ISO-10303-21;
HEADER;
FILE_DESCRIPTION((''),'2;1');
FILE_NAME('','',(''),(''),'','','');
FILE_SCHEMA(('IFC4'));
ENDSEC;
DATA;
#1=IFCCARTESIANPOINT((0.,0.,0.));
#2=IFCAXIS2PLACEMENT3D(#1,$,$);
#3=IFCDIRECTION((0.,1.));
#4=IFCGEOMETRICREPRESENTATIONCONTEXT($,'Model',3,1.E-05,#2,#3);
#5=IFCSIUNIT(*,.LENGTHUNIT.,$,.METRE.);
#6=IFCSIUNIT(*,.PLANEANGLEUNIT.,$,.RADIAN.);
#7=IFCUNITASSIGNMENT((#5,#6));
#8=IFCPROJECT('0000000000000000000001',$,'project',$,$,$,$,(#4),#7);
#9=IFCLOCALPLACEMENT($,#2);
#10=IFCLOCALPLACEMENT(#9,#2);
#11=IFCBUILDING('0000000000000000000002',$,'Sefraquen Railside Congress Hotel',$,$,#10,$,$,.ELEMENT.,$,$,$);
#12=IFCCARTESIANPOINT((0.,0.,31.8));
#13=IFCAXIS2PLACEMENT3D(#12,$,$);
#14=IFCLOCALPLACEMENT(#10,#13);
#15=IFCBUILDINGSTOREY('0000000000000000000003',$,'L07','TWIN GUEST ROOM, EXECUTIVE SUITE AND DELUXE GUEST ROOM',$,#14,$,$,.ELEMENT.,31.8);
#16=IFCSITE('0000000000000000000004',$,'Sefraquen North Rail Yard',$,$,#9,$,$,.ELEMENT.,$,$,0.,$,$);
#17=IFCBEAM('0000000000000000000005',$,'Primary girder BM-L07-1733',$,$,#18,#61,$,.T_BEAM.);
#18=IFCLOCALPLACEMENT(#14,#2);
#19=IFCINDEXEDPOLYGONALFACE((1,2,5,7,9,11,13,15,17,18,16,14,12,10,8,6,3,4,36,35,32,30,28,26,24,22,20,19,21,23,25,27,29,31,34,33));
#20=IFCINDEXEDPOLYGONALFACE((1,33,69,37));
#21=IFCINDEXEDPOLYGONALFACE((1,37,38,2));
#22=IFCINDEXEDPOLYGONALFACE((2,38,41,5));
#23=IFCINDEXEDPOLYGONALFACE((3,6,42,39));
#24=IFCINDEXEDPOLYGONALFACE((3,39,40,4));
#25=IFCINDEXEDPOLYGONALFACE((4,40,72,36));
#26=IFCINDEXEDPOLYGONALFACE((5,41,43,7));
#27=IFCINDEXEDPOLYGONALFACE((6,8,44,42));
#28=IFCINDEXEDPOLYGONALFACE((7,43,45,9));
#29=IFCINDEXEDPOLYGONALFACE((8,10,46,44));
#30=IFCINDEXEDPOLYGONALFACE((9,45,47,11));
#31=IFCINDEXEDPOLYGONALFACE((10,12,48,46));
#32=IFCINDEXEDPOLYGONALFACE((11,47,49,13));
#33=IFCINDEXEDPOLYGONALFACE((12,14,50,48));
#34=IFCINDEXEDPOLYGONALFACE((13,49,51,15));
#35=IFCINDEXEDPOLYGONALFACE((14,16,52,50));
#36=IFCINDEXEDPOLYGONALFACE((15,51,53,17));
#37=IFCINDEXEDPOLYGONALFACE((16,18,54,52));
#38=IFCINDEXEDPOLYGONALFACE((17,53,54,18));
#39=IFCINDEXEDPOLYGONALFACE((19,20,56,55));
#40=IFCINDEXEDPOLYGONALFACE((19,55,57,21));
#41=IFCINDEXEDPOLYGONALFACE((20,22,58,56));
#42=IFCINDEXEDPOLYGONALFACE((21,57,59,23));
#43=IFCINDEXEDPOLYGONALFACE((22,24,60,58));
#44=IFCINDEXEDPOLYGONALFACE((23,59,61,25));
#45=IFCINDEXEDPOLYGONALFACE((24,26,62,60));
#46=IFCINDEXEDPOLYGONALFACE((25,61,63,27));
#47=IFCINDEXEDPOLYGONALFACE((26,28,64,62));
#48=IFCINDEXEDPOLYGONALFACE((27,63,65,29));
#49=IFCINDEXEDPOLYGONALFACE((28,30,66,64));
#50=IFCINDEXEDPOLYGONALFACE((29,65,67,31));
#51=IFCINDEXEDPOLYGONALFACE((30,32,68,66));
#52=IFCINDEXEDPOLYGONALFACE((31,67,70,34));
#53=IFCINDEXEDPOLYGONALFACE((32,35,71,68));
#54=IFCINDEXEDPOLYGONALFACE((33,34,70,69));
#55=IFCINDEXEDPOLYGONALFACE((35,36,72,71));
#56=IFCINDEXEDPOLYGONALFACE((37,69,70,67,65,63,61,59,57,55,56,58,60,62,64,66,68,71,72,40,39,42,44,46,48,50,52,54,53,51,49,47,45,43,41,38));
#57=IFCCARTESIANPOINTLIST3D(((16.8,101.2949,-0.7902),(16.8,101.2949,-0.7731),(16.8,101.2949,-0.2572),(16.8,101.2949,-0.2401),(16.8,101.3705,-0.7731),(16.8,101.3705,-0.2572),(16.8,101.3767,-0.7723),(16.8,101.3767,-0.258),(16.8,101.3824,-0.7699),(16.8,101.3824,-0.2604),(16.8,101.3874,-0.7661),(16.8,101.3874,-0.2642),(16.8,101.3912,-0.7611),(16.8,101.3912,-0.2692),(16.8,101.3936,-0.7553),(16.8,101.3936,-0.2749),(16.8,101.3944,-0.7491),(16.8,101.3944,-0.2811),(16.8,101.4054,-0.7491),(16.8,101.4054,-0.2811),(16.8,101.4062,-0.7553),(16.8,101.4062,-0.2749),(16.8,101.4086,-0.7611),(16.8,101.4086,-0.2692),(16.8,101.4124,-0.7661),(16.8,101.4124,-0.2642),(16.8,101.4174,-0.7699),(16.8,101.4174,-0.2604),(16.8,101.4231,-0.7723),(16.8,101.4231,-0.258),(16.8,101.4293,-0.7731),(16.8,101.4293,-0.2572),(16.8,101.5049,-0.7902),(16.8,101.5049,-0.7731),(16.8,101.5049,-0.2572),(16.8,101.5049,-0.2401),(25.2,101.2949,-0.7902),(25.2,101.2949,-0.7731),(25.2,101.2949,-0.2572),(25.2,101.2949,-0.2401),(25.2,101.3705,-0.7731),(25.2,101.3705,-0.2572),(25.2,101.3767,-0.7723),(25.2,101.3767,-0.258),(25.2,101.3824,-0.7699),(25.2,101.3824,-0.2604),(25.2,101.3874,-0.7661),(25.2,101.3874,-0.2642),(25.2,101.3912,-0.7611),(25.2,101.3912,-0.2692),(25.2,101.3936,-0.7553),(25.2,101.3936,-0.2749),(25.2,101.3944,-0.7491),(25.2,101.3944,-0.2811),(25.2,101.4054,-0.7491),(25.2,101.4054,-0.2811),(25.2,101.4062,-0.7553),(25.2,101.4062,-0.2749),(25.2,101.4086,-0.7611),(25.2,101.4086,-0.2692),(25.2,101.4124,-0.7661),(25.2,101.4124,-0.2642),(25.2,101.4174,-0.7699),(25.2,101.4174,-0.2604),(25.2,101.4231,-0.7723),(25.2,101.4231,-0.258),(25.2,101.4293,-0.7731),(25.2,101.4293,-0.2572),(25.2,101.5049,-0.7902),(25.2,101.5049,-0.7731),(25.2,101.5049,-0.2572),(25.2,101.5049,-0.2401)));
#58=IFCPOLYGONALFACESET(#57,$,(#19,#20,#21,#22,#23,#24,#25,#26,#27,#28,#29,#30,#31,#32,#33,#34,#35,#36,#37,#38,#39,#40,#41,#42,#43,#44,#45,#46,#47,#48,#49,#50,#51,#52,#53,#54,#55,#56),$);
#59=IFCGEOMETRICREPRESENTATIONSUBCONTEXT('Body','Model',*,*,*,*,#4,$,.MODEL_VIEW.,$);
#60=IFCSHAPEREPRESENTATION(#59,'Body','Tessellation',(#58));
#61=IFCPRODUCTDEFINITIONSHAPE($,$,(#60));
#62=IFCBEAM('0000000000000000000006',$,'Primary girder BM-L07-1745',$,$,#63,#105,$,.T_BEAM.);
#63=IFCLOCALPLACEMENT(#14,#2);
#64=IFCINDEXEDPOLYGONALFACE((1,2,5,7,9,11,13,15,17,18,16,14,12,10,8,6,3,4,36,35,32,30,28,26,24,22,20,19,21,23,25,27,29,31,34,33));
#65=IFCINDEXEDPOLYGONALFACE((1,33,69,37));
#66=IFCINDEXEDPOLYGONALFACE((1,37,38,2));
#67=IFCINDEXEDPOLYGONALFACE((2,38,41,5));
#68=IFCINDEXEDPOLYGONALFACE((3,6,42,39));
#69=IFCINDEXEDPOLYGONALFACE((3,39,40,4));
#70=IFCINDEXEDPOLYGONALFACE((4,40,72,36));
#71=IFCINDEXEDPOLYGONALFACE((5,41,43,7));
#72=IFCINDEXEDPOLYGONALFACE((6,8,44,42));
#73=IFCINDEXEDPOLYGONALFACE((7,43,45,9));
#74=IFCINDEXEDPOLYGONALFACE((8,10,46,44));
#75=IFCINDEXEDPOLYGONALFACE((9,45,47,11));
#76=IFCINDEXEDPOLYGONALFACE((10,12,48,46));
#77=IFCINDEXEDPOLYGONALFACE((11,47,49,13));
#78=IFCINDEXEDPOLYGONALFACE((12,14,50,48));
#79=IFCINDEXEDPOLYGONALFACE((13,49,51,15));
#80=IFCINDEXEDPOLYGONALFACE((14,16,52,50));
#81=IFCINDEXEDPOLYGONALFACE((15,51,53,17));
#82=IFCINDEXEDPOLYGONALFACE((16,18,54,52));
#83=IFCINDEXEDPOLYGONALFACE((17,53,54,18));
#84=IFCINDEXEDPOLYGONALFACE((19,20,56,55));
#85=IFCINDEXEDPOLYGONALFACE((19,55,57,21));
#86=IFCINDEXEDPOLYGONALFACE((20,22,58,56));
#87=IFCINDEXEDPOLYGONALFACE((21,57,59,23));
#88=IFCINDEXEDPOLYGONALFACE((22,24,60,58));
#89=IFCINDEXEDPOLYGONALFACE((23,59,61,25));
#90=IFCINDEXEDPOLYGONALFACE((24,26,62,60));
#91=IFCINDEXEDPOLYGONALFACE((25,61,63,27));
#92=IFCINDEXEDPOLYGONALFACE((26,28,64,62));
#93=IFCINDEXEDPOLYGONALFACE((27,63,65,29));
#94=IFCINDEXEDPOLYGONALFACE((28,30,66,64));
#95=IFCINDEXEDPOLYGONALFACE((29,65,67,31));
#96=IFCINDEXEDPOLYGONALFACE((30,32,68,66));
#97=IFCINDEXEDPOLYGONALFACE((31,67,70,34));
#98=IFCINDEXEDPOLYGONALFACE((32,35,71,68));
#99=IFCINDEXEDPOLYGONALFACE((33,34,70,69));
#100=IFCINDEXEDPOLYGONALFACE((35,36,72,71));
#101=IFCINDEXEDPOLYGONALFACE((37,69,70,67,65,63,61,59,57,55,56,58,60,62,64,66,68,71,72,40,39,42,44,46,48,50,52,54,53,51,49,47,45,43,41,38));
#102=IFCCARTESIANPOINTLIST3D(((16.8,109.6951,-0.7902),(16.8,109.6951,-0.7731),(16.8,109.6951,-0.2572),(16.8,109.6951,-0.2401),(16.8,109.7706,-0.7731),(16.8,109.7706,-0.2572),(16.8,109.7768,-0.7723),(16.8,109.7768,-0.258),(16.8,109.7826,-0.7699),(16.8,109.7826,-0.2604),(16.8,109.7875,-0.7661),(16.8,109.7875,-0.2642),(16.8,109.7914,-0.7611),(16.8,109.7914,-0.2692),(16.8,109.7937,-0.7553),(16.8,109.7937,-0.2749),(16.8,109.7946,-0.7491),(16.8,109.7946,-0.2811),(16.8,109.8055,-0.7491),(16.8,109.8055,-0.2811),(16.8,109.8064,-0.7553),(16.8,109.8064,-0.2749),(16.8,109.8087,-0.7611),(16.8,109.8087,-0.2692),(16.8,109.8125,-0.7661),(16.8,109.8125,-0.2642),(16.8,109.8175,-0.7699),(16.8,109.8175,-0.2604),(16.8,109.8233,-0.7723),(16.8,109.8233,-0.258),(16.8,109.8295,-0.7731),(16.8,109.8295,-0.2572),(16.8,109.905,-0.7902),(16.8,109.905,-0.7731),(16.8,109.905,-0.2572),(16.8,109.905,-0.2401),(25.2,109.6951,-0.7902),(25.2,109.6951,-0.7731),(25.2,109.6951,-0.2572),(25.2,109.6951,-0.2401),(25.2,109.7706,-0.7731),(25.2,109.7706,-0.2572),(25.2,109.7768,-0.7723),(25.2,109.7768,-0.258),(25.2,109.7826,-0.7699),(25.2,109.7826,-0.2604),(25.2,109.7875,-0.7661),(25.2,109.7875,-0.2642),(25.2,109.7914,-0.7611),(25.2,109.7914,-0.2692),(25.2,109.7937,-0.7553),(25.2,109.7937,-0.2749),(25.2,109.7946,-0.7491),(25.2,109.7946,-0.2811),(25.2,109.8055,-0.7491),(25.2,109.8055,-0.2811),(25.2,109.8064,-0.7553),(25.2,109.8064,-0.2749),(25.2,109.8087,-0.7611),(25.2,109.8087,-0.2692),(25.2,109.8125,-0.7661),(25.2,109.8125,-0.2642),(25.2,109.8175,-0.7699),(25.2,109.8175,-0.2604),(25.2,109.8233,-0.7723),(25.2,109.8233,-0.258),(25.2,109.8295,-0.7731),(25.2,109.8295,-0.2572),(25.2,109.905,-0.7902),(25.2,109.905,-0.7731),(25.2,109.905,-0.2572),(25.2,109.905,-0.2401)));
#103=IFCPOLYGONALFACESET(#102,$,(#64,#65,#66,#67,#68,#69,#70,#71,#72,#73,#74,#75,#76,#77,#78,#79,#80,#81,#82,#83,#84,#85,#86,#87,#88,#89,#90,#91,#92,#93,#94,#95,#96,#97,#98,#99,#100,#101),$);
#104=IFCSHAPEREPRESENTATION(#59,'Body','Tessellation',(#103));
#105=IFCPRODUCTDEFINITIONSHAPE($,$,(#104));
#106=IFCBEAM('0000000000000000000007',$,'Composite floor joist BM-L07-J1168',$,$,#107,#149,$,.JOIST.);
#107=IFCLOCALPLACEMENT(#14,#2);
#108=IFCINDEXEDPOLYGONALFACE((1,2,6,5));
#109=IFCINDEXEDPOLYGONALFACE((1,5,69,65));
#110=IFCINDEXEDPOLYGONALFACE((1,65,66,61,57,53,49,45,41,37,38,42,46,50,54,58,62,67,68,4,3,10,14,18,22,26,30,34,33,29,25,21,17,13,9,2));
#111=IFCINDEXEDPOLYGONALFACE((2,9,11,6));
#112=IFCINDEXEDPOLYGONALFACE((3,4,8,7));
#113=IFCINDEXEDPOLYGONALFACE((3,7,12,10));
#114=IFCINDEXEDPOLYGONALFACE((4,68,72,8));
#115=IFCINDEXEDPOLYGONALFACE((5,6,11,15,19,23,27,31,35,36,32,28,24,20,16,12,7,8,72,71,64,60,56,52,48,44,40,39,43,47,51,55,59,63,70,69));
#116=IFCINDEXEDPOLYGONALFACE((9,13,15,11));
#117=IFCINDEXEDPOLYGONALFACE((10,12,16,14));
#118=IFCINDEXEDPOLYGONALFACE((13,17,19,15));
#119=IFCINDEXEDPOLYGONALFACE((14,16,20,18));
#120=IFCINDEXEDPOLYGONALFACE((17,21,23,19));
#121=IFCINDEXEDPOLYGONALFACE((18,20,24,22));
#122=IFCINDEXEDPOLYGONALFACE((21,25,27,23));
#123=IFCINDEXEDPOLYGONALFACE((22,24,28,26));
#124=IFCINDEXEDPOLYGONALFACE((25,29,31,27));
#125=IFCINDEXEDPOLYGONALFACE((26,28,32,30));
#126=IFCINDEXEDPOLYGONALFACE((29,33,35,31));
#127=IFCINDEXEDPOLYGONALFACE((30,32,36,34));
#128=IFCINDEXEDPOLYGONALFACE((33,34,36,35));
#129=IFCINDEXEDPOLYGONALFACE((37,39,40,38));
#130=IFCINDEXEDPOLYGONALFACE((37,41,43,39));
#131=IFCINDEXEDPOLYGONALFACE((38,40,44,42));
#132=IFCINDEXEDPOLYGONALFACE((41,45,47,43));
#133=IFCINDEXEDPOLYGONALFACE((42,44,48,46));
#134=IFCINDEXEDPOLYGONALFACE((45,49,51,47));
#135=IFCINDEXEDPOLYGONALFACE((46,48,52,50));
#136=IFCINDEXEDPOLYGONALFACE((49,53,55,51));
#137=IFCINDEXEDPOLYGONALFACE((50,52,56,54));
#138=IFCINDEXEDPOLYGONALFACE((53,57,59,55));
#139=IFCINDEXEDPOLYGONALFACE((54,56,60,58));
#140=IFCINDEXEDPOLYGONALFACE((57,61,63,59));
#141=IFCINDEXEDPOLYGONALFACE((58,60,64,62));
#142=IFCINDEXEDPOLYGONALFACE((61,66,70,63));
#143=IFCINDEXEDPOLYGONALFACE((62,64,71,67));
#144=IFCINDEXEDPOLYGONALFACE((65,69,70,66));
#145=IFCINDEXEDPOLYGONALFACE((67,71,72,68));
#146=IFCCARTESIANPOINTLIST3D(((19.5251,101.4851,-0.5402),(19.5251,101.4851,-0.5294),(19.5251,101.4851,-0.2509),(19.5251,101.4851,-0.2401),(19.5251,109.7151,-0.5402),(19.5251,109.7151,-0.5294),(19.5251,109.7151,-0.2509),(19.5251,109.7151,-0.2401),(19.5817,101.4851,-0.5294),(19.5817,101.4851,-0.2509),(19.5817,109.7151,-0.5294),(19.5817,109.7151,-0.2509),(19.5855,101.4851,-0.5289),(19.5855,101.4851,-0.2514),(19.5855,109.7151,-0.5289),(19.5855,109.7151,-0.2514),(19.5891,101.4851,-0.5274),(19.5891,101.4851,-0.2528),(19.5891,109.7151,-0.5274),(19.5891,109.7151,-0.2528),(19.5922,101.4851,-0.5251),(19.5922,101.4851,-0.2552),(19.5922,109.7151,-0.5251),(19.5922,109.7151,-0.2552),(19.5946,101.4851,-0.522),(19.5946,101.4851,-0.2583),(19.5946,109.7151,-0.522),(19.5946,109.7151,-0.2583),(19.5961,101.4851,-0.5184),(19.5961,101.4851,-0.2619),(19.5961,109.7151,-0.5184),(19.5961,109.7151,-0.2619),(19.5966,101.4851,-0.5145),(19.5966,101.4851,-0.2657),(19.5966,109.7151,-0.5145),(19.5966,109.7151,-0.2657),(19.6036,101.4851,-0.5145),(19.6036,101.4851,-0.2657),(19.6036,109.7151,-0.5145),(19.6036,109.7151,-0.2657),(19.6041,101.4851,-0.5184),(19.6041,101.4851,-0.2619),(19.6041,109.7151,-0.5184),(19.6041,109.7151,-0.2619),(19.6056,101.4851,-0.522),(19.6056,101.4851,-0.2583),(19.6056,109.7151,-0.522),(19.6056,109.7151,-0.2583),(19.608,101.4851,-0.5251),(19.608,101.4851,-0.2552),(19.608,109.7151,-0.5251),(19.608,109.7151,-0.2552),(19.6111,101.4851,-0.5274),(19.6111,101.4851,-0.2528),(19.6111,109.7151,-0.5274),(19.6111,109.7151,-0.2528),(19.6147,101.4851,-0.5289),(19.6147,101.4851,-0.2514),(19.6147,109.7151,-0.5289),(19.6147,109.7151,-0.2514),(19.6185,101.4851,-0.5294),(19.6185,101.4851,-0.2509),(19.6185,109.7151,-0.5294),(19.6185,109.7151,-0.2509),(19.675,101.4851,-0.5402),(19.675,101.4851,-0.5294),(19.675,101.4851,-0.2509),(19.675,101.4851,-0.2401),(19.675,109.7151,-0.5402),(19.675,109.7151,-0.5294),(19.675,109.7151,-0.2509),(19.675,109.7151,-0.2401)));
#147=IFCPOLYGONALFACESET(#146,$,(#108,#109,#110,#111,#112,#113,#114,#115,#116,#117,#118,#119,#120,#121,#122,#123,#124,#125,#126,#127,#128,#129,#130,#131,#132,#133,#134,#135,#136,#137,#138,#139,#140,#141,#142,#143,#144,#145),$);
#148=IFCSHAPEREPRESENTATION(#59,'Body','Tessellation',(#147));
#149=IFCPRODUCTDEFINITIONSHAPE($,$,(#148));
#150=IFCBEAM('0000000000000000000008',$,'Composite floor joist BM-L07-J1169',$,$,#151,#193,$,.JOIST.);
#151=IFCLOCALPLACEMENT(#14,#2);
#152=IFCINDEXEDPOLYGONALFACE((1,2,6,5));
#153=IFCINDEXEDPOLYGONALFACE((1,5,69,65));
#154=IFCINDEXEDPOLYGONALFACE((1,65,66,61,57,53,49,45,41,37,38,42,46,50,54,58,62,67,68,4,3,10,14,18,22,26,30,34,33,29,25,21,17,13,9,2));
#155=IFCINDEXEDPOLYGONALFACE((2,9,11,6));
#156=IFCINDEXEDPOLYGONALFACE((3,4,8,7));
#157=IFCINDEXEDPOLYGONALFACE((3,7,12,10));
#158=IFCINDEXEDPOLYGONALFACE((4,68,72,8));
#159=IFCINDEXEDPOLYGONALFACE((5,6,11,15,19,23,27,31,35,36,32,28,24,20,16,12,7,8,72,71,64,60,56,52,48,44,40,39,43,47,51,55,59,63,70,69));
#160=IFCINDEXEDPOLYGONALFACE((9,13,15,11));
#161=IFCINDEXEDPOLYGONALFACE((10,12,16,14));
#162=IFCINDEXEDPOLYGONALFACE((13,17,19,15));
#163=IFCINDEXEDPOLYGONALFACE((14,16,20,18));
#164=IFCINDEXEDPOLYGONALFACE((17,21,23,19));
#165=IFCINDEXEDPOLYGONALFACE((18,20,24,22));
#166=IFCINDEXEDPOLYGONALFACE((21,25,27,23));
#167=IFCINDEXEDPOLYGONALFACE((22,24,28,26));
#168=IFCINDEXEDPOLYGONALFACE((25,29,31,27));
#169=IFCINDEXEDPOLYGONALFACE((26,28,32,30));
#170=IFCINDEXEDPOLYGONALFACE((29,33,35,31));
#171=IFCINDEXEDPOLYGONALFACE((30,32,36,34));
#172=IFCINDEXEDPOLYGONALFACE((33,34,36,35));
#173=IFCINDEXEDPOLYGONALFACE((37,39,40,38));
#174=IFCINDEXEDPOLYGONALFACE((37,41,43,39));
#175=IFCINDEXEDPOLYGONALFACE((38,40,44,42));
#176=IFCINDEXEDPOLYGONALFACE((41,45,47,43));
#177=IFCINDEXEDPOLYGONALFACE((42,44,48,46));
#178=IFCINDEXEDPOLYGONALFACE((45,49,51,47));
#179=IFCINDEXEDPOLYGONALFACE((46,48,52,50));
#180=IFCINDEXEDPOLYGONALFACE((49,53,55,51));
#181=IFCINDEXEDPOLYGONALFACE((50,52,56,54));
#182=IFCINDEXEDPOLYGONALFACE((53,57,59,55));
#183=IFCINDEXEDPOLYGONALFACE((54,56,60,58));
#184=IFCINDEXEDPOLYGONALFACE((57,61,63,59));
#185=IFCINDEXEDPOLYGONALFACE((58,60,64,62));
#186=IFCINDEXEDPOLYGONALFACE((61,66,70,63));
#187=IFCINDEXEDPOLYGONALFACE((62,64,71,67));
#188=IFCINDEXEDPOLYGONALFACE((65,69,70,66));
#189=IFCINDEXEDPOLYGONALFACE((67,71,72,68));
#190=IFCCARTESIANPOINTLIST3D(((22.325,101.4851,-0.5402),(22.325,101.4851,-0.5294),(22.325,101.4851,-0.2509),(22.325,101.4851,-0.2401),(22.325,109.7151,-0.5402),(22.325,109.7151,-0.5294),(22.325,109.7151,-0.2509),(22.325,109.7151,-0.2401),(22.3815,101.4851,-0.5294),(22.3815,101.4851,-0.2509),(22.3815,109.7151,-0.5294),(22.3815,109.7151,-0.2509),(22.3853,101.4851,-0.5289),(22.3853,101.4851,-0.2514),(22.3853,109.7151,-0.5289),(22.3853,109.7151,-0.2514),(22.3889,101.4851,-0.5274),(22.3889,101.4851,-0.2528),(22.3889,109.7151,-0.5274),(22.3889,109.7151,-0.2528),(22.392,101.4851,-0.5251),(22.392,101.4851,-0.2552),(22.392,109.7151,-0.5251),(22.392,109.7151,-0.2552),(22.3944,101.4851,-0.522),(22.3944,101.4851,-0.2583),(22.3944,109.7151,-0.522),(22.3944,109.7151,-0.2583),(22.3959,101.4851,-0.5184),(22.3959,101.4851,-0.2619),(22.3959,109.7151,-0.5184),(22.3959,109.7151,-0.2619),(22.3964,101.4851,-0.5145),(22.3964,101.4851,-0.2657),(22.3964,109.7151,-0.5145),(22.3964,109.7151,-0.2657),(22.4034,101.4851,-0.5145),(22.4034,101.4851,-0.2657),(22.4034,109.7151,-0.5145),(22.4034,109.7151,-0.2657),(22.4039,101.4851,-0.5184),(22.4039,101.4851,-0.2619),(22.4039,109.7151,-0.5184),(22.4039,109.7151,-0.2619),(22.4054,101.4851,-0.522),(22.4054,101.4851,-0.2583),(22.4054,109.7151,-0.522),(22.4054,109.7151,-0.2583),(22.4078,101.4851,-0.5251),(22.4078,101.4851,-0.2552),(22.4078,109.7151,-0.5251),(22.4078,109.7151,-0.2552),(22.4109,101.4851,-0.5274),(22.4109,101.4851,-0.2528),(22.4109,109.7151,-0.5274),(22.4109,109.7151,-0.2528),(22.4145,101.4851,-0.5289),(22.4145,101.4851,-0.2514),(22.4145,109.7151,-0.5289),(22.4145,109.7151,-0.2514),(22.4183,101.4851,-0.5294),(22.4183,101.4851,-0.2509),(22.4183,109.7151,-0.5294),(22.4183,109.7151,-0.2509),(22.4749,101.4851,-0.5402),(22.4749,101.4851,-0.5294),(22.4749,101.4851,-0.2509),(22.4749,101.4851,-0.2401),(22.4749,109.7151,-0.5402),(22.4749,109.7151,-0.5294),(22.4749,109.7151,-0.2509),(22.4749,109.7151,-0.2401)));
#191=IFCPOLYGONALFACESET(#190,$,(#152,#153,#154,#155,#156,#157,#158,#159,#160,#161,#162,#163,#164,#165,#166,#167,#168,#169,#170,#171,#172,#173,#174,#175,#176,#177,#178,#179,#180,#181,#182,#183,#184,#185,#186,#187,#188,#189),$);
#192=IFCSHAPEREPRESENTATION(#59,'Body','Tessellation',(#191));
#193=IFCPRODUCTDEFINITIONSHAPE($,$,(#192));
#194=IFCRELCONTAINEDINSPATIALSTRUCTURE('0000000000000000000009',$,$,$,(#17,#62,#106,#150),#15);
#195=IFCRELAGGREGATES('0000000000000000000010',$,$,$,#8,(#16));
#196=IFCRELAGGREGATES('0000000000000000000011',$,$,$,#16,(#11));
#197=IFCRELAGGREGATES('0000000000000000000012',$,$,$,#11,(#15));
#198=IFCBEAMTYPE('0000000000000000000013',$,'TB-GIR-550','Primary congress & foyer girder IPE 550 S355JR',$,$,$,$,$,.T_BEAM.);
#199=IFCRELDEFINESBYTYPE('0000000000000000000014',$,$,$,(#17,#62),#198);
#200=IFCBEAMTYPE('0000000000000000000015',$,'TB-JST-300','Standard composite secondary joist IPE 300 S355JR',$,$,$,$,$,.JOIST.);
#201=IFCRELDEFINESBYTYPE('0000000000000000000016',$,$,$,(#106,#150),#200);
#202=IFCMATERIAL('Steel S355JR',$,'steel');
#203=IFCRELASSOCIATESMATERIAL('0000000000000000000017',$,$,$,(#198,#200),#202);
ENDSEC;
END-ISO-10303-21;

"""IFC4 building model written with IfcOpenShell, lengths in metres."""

from ifc_helpers import new_model, si_unit, direction, frame, origin, origin_2d, place, context, subcontext, project, spatial, i_section, extrude, material, material_profile, profile_set, type_object, element, save


model = new_model("IFC4")

# Units and contexts
model_context = context("Model", 3, precision=1e-05, world=origin(), true_north=direction((0.0, 1.0)))
body_context = subcontext(model_context, "Body", "Model", "MODEL_VIEW")
ifc_project = project(units=[si_unit("LENGTHUNIT", "METRE"), si_unit("PLANEANGLEUNIT", "RADIAN")], contexts=[model_context])

# Site, building, storey
site_placement = place(None, origin())
site = spatial("IfcSite", under=ifc_project, at=site_placement, Name="Sefraquen North Rail Yard", CompositionType="ELEMENT", RefElevation=0.0)
building_placement = place(site_placement, origin())
building = spatial("IfcBuilding", under=site, at=building_placement, Name="Sefraquen Railside Congress Hotel", CompositionType="ELEMENT")
storey_placement = place(building_placement, frame((0.0, 0.0, 31.8)))
storey = spatial("IfcBuildingStorey", under=building, at=storey_placement, Name="L07", Description="TWIN GUEST ROOM, EXECUTIVE SUITE AND DELUXE GUEST ROOM", CompositionType="ELEMENT", Elevation=31.8)

# Shared definitions
ifc_material_1 = material(Name="Steel S355JR", Category="steel")

# Beams
ifc_material_profile_1 = material_profile(ifc_material_1, i_section(OverallWidth=0.21, OverallDepth=0.55, WebThickness=0.011, FlangeThickness=0.0171, FilletRadius=0.0239, at=origin_2d()), Name="IPE 550")
ifc_profile_set_1 = profile_set([ifc_material_profile_1], Name="Steel S355JR")
beam_type_1 = type_object("IfcBeamType", Name="TB-GIR-550", Description="Primary congress & foyer girder IPE 550 S355JR", PredefinedType="T_BEAM", material=ifc_profile_set_1)
for number, where, z_axis, x_axis, name in (
    (1, (16.8, 101.3999, -0.5151), (1.0, 0.0, 0.0), (0.0, 1.0, 0.0), "Primary girder BM-L07-1733"),
    (2, (16.8, 109.8, -0.5151), (1.0, 0.0, 0.0), (0.0, 1.0, 0.0), "Primary girder BM-L07-1745"),
):
    element("IfcBeam", number, at=place(storey_placement, frame(where, z_axis=z_axis, x_axis=x_axis)), inside=storey, type_object=beam_type_1, Name=name, PredefinedType="T_BEAM", context=body_context, shape_type="SweptSolid", body=[
        extrude(i_section(OverallWidth=0.21, OverallDepth=0.55, WebThickness=0.011, FlangeThickness=0.0171, FilletRadius=0.0239, at=origin_2d()), origin(), (0.0, 0.0, 1.0), 8.3999),
    ])
ifc_material_profile_2 = material_profile(ifc_material_1, i_section(OverallWidth=0.1499, OverallDepth=0.3, WebThickness=0.0071, FlangeThickness=0.0107, FilletRadius=0.0149, at=origin_2d()), Name="IPE 300")
ifc_profile_set_2 = profile_set([ifc_material_profile_2], Name="Steel S355JR")
beam_type_2 = type_object("IfcBeamType", Name="TB-JST-300", Description="Standard composite secondary joist IPE 300 S355JR", PredefinedType="JOIST", material=ifc_profile_set_2)
for number, where, z_axis, x_axis, name in (
    (3, (19.6001, 101.4851, -0.3901), (0.0, 1.0, 0.0), (-1.0, 0.0, 0.0), "Composite floor joist BM-L07-J1168"),
    (4, (22.3999, 101.4851, -0.3901), (0.0, 1.0, 0.0), (-1.0, 0.0, 0.0), "Composite floor joist BM-L07-J1169"),
):
    element("IfcBeam", number, at=place(storey_placement, frame(where, z_axis=z_axis, x_axis=x_axis)), inside=storey, type_object=beam_type_2, Name=name, PredefinedType="JOIST", context=body_context, shape_type="SweptSolid", body=[
        extrude(i_section(OverallWidth=0.1499, OverallDepth=0.3, WebThickness=0.0071, FlangeThickness=0.0107, FilletRadius=0.0149, at=origin_2d()), origin(), (0.0, 0.0, 1.0), 8.23),
    ])

save(model, "model.ifc")
